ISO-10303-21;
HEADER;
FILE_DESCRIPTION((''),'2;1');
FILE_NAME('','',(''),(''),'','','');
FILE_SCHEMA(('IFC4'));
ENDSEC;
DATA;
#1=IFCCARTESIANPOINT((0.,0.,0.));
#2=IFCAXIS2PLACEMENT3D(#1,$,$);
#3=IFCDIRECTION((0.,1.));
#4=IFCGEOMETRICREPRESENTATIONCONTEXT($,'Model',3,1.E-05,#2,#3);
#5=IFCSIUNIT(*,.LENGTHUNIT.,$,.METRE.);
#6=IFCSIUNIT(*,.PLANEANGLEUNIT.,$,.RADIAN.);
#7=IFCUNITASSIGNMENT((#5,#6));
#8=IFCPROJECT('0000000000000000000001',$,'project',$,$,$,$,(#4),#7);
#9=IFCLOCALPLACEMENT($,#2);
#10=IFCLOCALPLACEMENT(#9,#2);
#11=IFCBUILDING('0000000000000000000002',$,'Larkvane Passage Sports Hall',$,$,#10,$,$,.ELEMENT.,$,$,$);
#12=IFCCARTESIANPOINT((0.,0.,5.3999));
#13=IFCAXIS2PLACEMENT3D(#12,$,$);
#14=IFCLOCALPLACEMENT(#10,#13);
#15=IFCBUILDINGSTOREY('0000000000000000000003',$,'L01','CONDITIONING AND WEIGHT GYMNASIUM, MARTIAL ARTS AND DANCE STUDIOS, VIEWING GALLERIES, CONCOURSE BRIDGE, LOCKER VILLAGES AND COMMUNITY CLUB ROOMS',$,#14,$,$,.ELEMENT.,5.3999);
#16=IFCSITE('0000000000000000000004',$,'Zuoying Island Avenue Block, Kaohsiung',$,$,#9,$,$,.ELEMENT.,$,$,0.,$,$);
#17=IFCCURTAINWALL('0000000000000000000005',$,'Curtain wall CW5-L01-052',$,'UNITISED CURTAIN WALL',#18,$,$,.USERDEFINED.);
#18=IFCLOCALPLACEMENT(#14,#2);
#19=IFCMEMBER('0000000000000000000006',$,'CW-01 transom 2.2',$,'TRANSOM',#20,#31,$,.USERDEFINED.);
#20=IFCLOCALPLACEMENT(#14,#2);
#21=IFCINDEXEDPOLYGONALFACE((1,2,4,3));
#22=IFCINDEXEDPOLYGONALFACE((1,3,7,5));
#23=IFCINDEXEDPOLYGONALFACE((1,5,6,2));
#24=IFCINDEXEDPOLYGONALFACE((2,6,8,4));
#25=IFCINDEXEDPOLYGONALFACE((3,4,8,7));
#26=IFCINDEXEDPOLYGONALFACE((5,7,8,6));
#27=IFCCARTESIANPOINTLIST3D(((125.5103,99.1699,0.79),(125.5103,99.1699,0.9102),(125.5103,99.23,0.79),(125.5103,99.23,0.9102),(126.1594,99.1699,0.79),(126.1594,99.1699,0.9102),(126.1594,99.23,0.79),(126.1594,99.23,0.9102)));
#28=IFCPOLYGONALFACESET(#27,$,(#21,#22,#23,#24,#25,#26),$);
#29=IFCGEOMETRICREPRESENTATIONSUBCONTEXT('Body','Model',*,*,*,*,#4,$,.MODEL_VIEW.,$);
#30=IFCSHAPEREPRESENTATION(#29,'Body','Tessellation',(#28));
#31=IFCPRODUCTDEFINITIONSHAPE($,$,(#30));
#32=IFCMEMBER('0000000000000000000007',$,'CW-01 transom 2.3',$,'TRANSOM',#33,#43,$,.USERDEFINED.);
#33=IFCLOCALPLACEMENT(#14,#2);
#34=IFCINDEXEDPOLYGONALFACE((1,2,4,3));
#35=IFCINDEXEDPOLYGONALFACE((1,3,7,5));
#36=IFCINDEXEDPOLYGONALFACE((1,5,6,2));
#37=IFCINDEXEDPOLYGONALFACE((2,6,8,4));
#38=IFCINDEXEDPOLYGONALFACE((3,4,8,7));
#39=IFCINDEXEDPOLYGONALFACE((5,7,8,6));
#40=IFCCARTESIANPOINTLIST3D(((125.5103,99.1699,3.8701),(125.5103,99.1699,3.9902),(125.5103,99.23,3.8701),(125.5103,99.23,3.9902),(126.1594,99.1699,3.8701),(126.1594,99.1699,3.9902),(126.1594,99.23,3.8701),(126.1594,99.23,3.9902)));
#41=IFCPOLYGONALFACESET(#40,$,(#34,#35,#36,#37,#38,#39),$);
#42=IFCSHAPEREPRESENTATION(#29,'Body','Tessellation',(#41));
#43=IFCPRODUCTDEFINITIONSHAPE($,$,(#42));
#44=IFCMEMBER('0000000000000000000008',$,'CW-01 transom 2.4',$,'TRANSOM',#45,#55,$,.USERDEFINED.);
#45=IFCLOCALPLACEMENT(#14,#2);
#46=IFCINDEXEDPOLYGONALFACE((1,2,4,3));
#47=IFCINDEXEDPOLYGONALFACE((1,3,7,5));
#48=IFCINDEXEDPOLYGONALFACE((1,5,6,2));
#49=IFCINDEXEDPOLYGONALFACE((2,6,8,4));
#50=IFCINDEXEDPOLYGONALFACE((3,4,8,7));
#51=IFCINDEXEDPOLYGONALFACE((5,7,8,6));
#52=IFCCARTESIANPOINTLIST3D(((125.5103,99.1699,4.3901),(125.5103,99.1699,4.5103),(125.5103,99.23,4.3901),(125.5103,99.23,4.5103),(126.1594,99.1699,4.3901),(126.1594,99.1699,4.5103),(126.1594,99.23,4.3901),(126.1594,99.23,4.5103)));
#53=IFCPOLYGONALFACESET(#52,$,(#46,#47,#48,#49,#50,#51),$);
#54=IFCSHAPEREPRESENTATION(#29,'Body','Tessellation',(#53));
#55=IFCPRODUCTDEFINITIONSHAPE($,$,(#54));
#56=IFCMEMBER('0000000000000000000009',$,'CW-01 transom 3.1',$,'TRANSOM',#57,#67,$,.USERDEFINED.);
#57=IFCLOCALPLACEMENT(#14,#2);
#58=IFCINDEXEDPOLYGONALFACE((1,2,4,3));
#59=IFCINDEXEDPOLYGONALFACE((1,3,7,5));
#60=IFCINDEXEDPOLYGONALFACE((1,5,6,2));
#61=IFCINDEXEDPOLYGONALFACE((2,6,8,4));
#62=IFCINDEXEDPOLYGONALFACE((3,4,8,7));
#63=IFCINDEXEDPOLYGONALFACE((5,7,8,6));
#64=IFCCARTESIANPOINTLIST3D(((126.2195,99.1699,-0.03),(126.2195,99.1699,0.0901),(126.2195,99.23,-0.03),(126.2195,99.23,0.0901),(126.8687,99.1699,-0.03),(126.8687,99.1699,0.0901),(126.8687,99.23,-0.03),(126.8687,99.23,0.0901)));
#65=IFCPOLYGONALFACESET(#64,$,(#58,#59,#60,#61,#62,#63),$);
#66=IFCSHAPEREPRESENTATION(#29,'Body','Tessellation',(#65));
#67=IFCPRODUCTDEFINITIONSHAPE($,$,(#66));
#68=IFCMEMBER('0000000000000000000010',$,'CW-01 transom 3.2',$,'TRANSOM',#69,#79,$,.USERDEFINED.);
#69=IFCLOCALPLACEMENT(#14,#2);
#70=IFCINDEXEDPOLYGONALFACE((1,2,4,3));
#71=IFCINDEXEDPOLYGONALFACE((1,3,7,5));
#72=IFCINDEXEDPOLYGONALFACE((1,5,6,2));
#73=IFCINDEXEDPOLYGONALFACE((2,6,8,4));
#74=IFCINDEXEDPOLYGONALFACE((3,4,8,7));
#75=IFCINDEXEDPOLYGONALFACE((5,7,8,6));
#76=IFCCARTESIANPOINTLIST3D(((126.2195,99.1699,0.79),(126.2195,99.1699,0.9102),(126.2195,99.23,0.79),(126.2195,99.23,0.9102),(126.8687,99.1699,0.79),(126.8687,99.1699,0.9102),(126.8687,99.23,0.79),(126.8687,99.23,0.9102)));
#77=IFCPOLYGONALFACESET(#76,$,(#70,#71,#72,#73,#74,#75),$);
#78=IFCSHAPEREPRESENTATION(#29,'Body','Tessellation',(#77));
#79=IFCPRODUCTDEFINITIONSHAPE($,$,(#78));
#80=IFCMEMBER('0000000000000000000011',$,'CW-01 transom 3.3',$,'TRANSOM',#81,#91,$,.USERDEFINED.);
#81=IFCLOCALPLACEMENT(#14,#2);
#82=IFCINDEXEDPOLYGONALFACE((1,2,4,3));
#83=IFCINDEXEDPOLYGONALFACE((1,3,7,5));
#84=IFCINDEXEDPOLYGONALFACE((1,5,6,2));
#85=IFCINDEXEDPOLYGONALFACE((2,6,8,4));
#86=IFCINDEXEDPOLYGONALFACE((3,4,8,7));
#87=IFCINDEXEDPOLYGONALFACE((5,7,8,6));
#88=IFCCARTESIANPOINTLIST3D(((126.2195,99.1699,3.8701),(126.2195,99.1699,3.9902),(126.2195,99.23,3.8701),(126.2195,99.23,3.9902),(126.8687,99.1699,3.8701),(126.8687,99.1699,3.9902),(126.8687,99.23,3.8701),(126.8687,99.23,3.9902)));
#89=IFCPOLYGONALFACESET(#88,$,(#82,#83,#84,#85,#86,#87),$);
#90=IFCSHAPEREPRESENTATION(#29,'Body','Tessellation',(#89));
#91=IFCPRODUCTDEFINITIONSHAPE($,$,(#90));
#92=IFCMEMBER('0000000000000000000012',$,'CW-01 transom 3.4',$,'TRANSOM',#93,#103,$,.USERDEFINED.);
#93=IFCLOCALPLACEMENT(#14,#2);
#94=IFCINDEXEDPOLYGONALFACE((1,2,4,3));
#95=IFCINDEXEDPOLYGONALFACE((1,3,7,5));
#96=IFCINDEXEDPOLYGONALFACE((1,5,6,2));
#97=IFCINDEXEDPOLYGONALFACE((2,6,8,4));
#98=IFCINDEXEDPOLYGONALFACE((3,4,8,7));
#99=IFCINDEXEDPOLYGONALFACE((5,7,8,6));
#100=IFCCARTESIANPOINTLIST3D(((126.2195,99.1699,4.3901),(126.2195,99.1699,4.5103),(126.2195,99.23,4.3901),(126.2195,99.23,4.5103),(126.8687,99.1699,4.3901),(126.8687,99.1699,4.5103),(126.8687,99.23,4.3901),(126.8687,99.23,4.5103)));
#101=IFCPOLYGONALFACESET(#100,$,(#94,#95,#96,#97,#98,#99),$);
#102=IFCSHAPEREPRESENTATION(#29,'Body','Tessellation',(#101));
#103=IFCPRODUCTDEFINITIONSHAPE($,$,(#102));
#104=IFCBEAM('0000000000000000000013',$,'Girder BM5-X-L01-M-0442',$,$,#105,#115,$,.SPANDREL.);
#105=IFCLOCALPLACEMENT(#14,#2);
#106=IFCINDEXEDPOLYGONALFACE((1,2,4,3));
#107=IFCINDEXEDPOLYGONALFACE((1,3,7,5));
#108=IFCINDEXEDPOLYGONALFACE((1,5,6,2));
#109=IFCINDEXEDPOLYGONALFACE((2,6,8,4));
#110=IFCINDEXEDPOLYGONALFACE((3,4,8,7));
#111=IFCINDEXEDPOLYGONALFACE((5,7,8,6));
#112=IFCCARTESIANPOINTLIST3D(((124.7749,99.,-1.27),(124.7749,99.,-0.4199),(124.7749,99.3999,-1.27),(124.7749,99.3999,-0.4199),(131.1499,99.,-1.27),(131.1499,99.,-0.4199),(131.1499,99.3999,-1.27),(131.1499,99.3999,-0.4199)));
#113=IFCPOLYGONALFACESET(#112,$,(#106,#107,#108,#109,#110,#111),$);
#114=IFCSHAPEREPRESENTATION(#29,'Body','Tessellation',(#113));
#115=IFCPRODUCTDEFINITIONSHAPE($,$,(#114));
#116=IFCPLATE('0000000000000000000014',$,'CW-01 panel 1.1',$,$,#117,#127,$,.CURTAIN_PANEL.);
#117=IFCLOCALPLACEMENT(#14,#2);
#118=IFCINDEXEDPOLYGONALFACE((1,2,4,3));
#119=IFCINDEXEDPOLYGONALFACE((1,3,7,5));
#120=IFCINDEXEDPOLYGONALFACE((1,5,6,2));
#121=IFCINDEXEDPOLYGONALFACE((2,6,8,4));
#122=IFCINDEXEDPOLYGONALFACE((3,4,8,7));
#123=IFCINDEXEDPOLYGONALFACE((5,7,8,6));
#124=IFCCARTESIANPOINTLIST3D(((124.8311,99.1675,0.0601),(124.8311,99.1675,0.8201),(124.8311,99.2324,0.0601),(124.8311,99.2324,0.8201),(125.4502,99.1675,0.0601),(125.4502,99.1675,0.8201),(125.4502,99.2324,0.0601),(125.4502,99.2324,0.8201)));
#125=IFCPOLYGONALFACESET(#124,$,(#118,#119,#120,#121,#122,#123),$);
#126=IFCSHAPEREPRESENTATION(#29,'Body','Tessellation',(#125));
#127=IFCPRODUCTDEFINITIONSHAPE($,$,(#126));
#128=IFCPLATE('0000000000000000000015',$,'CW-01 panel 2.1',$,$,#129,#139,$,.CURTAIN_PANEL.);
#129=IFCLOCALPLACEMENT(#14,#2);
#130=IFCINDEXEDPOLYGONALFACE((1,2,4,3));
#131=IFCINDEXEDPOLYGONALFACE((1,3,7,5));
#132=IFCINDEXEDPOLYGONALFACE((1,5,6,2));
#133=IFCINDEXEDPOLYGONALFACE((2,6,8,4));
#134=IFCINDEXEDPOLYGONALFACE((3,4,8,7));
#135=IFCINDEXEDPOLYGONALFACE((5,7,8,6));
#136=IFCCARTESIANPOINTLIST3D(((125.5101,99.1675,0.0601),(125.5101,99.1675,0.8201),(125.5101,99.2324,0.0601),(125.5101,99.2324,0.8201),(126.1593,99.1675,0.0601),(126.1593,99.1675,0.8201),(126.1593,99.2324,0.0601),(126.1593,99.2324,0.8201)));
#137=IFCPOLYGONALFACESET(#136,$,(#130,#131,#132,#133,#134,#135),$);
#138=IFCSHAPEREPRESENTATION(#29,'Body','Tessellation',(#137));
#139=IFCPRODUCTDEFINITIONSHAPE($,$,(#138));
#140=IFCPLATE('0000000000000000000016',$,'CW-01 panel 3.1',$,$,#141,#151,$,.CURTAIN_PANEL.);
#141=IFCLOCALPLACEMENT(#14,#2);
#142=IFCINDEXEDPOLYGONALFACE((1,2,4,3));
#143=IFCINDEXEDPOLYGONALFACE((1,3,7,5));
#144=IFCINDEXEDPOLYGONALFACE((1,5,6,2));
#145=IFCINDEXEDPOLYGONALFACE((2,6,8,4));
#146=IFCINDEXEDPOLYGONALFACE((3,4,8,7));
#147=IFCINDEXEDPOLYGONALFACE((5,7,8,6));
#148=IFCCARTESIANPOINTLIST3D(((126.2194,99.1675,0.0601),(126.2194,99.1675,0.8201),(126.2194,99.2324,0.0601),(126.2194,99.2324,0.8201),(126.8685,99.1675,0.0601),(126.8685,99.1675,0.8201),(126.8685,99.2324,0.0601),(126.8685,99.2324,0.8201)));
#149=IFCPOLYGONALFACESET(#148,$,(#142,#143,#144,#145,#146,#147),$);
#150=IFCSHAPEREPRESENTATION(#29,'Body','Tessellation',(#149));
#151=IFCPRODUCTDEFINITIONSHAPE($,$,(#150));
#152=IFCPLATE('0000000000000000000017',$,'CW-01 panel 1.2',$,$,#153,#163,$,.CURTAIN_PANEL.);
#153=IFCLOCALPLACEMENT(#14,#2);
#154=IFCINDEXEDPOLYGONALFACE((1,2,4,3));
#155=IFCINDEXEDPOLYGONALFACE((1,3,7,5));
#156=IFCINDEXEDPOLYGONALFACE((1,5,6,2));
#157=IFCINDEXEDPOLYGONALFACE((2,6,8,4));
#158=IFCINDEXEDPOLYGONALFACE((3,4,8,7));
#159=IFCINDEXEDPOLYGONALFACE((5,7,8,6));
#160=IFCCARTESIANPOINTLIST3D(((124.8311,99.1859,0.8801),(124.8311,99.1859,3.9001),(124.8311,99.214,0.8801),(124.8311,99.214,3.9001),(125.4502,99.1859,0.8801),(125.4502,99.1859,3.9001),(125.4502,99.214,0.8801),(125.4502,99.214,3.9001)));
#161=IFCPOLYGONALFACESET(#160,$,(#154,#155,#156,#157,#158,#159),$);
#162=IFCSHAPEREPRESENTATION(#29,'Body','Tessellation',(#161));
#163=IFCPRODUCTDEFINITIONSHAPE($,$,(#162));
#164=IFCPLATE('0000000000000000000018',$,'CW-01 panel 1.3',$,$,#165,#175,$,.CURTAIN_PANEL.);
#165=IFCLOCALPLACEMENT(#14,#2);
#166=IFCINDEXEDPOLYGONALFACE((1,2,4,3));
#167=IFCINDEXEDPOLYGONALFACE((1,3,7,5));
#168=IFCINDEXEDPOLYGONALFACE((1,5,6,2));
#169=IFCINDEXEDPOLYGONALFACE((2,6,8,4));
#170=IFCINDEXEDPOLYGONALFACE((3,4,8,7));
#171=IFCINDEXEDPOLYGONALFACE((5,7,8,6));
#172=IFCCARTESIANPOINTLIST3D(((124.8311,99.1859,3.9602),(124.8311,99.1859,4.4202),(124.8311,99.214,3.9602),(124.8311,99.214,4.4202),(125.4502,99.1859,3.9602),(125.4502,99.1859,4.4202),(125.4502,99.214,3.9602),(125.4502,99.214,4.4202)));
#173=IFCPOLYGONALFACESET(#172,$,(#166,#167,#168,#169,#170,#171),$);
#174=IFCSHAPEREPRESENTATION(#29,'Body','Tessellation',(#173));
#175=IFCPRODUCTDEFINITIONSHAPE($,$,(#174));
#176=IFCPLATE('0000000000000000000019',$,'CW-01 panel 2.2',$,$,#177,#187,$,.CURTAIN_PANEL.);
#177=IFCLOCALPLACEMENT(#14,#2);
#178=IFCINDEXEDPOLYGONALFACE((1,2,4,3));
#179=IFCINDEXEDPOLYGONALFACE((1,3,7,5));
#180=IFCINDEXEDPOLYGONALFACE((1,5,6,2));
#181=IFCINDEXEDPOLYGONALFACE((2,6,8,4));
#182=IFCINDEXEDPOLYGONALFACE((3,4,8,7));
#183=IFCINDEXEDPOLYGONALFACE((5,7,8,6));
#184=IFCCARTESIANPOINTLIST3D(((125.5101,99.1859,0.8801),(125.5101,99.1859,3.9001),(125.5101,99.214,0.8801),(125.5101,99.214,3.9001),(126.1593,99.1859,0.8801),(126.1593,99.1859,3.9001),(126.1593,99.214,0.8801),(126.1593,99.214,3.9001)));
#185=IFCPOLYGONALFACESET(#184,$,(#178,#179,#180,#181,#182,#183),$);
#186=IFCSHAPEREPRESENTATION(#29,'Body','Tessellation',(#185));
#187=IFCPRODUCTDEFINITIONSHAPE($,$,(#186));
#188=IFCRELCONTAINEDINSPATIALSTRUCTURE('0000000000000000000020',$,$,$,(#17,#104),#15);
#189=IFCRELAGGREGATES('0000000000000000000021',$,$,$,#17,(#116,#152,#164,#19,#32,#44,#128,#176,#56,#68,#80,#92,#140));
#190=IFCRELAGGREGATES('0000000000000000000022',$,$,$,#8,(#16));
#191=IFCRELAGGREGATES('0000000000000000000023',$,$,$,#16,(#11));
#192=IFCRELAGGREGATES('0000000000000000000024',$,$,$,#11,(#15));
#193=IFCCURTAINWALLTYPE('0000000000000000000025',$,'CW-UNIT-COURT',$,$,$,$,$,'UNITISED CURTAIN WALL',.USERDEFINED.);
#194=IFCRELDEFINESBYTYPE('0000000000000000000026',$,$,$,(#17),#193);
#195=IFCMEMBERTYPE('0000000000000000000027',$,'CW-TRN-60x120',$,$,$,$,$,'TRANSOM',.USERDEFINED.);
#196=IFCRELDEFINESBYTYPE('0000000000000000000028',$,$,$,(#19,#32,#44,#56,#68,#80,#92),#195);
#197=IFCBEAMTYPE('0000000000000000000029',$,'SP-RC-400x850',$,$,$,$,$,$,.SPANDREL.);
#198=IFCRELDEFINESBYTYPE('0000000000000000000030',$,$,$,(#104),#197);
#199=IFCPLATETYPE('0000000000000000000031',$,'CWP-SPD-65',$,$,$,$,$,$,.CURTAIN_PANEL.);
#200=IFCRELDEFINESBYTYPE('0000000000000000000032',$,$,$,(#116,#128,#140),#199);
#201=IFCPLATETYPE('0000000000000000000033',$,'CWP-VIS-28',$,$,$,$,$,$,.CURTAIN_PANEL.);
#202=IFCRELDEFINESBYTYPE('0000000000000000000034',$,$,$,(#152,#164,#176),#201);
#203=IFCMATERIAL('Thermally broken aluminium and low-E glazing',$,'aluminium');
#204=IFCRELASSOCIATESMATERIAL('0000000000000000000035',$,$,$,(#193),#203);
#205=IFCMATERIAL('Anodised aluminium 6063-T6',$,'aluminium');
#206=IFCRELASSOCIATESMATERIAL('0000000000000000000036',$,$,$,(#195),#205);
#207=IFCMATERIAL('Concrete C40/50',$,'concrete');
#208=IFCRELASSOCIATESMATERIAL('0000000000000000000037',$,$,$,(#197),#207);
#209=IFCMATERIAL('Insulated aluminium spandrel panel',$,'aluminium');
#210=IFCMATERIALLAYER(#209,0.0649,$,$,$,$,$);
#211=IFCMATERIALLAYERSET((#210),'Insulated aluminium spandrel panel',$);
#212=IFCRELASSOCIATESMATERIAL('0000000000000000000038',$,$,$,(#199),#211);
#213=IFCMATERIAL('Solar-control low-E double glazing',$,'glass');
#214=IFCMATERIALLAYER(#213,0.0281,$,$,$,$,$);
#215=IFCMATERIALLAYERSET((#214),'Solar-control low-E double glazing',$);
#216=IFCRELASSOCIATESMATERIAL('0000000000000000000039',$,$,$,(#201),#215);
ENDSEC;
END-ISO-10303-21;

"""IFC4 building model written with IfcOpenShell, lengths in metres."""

from ifc_helpers import new_model, si_unit, direction, frame, origin, origin_2d, place, context, subcontext, project, spatial, rectangle, extrude, material, layer, layer_set, material_profile, profile_set, type_object, element, aggregate, save


model = new_model("IFC4")

# Units and contexts
model_context = context("Model", 3, precision=1e-05, world=origin(), true_north=direction((0.0, 1.0)))
body_context = subcontext(model_context, "Body", "Model", "MODEL_VIEW")
ifc_project = project(units=[si_unit("LENGTHUNIT", "METRE"), si_unit("PLANEANGLEUNIT", "RADIAN")], contexts=[model_context])

# Site, building, storey
site_placement = place(None, origin())
site = spatial("IfcSite", under=ifc_project, at=site_placement, Name="Zuoying Island Avenue Block, Kaohsiung", CompositionType="ELEMENT", RefElevation=0.0)
building_placement = place(site_placement, origin())
building = spatial("IfcBuilding", under=site, at=building_placement, Name="Larkvane Passage Sports Hall", CompositionType="ELEMENT")
storey_placement = place(building_placement, frame((0.0, 0.0, 5.3999)))
storey = spatial("IfcBuildingStorey", under=building, at=storey_placement, Name="L01", Description="CONDITIONING AND WEIGHT GYMNASIUM, MARTIAL ARTS AND DANCE STUDIOS, VIEWING GALLERIES, CONCOURSE BRIDGE, LOCKER VILLAGES AND COMMUNITY CLUB ROOMS", CompositionType="ELEMENT", Elevation=5.3999)

# Shared definitions
ifc_material_1 = material(Name="Thermally broken aluminium and low-E glazing", Category="aluminium")
ifc_material_2 = material(Name="Anodised aluminium 6063-T6", Category="aluminium")

# Curtain wall, members
curtain_wall_type_1 = type_object("IfcCurtainWallType", Name="CW-UNIT-COURT", ElementType="UNITISED CURTAIN WALL", PredefinedType="USERDEFINED", material=ifc_material_1)
curtain_wall_1_placement = place(storey_placement, origin())
curtain_wall_1 = element("IfcCurtainWall", 1, at=curtain_wall_1_placement, inside=storey, type_object=curtain_wall_type_1, Name="Curtain wall CW5-L01-052", ObjectType="UNITISED CURTAIN WALL", PredefinedType="USERDEFINED")
ifc_material_profile_1 = material_profile(ifc_material_2, rectangle(XDim=0.0601, YDim=0.1201, at=origin_2d()), Name="ALU-TRN-60x120")
ifc_profile_set_1 = profile_set([ifc_material_profile_1], Name="Anodised aluminium 6063-T6")
member_type_1 = type_object("IfcMemberType", Name="CW-TRN-60x120", ElementType="TRANSOM", PredefinedType="USERDEFINED", material=ifc_profile_set_1)
member_1_placement = place(storey_placement, frame((125.5103, 99.2, 0.8501), z_axis=(1.0, 0.0, 0.0), x_axis=(0.0, 1.0, 0.0)))
member_1 = element("IfcMember", 2, at=member_1_placement, type_object=member_type_1, Name="CW-01 transom 2.2", ObjectType="TRANSOM", PredefinedType="USERDEFINED", context=body_context, shape_type="SweptSolid", body=[
    extrude(rectangle(XDim=0.0601, YDim=0.1201, at=origin_2d()), origin(), (0.0, 0.0, 1.0), 0.6492),
])
member_2_placement = place(storey_placement, frame((125.5103, 99.2, 3.9302), z_axis=(1.0, 0.0, 0.0), x_axis=(0.0, 1.0, 0.0)))
member_2 = element("IfcMember", 3, at=member_2_placement, type_object=member_type_1, Name="CW-01 transom 2.3", ObjectType="TRANSOM", PredefinedType="USERDEFINED", context=body_context, shape_type="SweptSolid", body=[
    extrude(rectangle(XDim=0.0601, YDim=0.1201, at=origin_2d()), origin(), (0.0, 0.0, 1.0), 0.6492),
])
member_3_placement = place(storey_placement, frame((125.5103, 99.2, 4.4502), z_axis=(1.0, 0.0, 0.0), x_axis=(0.0, 1.0, 0.0)))
member_3 = element("IfcMember", 4, at=member_3_placement, type_object=member_type_1, Name="CW-01 transom 2.4", ObjectType="TRANSOM", PredefinedType="USERDEFINED", context=body_context, shape_type="SweptSolid", body=[
    extrude(rectangle(XDim=0.0601, YDim=0.1201, at=origin_2d()), origin(), (0.0, 0.0, 1.0), 0.6492),
])
member_4_placement = place(storey_placement, frame((126.2195, 99.2, 0.03), z_axis=(1.0, 0.0, 0.0), x_axis=(0.0, 1.0, 0.0)))
member_4 = element("IfcMember", 5, at=member_4_placement, type_object=member_type_1, Name="CW-01 transom 3.1", ObjectType="TRANSOM", PredefinedType="USERDEFINED", context=body_context, shape_type="SweptSolid", body=[
    extrude(rectangle(XDim=0.0601, YDim=0.1201, at=origin_2d()), origin(), (0.0, 0.0, 1.0), 0.6492),
])
member_5_placement = place(storey_placement, frame((126.2195, 99.2, 0.8501), z_axis=(1.0, 0.0, 0.0), x_axis=(0.0, 1.0, 0.0)))
member_5 = element("IfcMember", 6, at=member_5_placement, type_object=member_type_1, Name="CW-01 transom 3.2", ObjectType="TRANSOM", PredefinedType="USERDEFINED", context=body_context, shape_type="SweptSolid", body=[
    extrude(rectangle(XDim=0.0601, YDim=0.1201, at=origin_2d()), origin(), (0.0, 0.0, 1.0), 0.6492),
])
member_6_placement = place(storey_placement, frame((126.2195, 99.2, 3.9302), z_axis=(1.0, 0.0, 0.0), x_axis=(0.0, 1.0, 0.0)))
member_6 = element("IfcMember", 7, at=member_6_placement, type_object=member_type_1, Name="CW-01 transom 3.3", ObjectType="TRANSOM", PredefinedType="USERDEFINED", context=body_context, shape_type="SweptSolid", body=[
    extrude(rectangle(XDim=0.0601, YDim=0.1201, at=origin_2d()), origin(), (0.0, 0.0, 1.0), 0.6492),
])
member_7_placement = place(storey_placement, frame((126.2195, 99.2, 4.4502), z_axis=(1.0, 0.0, 0.0), x_axis=(0.0, 1.0, 0.0)))
member_7 = element("IfcMember", 8, at=member_7_placement, type_object=member_type_1, Name="CW-01 transom 3.4", ObjectType="TRANSOM", PredefinedType="USERDEFINED", context=body_context, shape_type="SweptSolid", body=[
    extrude(rectangle(XDim=0.0601, YDim=0.1201, at=origin_2d()), origin(), (0.0, 0.0, 1.0), 0.6492),
])

# Beam
ifc_material_3 = material(Name="Concrete C40/50", Category="concrete")
ifc_material_profile_2 = material_profile(ifc_material_3, rectangle(XDim=0.3999, YDim=0.8501, at=origin_2d()), Name="RC-SP-400x850")
ifc_profile_set_2 = profile_set([ifc_material_profile_2], Name="Concrete C40/50")
beam_type = type_object("IfcBeamType", Name="SP-RC-400x850", PredefinedType="SPANDREL", material=ifc_profile_set_2)
beam_placement = place(storey_placement, frame((124.7749, 99.2, -0.845), z_axis=(1.0, 0.0, 0.0), x_axis=(0.0, 1.0, 0.0)))
element("IfcBeam", 9, at=beam_placement, inside=storey, type_object=beam_type, Name="Girder BM5-X-L01-M-0442", PredefinedType="SPANDREL", context=body_context, shape_type="SweptSolid", body=[
    extrude(rectangle(XDim=0.3999, YDim=0.8501, at=origin_2d()), origin(), (0.0, 0.0, 1.0), 6.375),
])

# Plates
ifc_material_4 = material(Name="Insulated aluminium spandrel panel", Category="aluminium")
ifc_layer_1 = layer(ifc_material_4, 0.0649)
ifc_layer_set_1 = layer_set([ifc_layer_1], Name="Insulated aluminium spandrel panel")
plate_type_1 = type_object("IfcPlateType", Name="CWP-SPD-65", PredefinedType="CURTAIN_PANEL", material=ifc_layer_set_1)
plate_1_placement = place(storey_placement, frame((125.1406, 99.2, 0.0601), z_axis=(0.0, 0.0, 1.0), x_axis=(1.0, 0.0, 0.0)))
plate_1 = element("IfcPlate", 10, at=plate_1_placement, type_object=plate_type_1, Name="CW-01 panel 1.1", PredefinedType="CURTAIN_PANEL", context=body_context, shape_type="SweptSolid", body=[
    extrude(rectangle(XDim=0.6191, YDim=0.0649, at=origin_2d()), origin(), (0.0, 0.0, 1.0), 0.76),
])
plate_2_placement = place(storey_placement, frame((125.8347, 99.2, 0.0601), z_axis=(0.0, 0.0, 1.0), x_axis=(1.0, 0.0, 0.0)))
plate_2 = element("IfcPlate", 11, at=plate_2_placement, type_object=plate_type_1, Name="CW-01 panel 2.1", PredefinedType="CURTAIN_PANEL", context=body_context, shape_type="SweptSolid", body=[
    extrude(rectangle(XDim=0.6492, YDim=0.0649, at=origin_2d()), origin(), (0.0, 0.0, 1.0), 0.76),
])
plate_3_placement = place(storey_placement, frame((126.5439, 99.2, 0.0601), z_axis=(0.0, 0.0, 1.0), x_axis=(1.0, 0.0, 0.0)))
plate_3 = element("IfcPlate", 12, at=plate_3_placement, type_object=plate_type_1, Name="CW-01 panel 3.1", PredefinedType="CURTAIN_PANEL", context=body_context, shape_type="SweptSolid", body=[
    extrude(rectangle(XDim=0.6492, YDim=0.0649, at=origin_2d()), origin(), (0.0, 0.0, 1.0), 0.76),
])
ifc_material_5 = material(Name="Solar-control low-E double glazing", Category="glass")
ifc_layer_2 = layer(ifc_material_5, 0.0281)
ifc_layer_set_2 = layer_set([ifc_layer_2], Name="Solar-control low-E double glazing")
plate_type_2 = type_object("IfcPlateType", Name="CWP-VIS-28", PredefinedType="CURTAIN_PANEL", material=ifc_layer_set_2)
plate_4_placement = place(storey_placement, frame((125.1406, 99.2, 0.8801), z_axis=(0.0, 0.0, 1.0), x_axis=(1.0, 0.0, 0.0)))
plate_4 = element("IfcPlate", 13, at=plate_4_placement, type_object=plate_type_2, Name="CW-01 panel 1.2", PredefinedType="CURTAIN_PANEL", context=body_context, shape_type="SweptSolid", body=[
    extrude(rectangle(XDim=0.6191, YDim=0.0281, at=origin_2d()), origin(), (0.0, 0.0, 1.0), 3.02),
])
plate_5_placement = place(storey_placement, frame((125.1406, 99.2, 3.9602), z_axis=(0.0, 0.0, 1.0), x_axis=(1.0, 0.0, 0.0)))
plate_5 = element("IfcPlate", 14, at=plate_5_placement, type_object=plate_type_2, Name="CW-01 panel 1.3", PredefinedType="CURTAIN_PANEL", context=body_context, shape_type="SweptSolid", body=[
    extrude(rectangle(XDim=0.6191, YDim=0.0281, at=origin_2d()), origin(), (0.0, 0.0, 1.0), 0.46),
])
plate_6_placement = place(storey_placement, frame((125.8347, 99.2, 0.8801), z_axis=(0.0, 0.0, 1.0), x_axis=(1.0, 0.0, 0.0)))
plate_6 = element("IfcPlate", 15, at=plate_6_placement, type_object=plate_type_2, Name="CW-01 panel 2.2", PredefinedType="CURTAIN_PANEL", context=body_context, shape_type="SweptSolid", body=[
    extrude(rectangle(XDim=0.6492, YDim=0.0281, at=origin_2d()), origin(), (0.0, 0.0, 1.0), 3.02),
])
aggregate(curtain_wall_1, [plate_1, plate_4, plate_5, member_1, member_2, member_3, plate_2, plate_6, member_4, member_5, member_6, member_7, plate_3])

save(model, "model.ifc")
